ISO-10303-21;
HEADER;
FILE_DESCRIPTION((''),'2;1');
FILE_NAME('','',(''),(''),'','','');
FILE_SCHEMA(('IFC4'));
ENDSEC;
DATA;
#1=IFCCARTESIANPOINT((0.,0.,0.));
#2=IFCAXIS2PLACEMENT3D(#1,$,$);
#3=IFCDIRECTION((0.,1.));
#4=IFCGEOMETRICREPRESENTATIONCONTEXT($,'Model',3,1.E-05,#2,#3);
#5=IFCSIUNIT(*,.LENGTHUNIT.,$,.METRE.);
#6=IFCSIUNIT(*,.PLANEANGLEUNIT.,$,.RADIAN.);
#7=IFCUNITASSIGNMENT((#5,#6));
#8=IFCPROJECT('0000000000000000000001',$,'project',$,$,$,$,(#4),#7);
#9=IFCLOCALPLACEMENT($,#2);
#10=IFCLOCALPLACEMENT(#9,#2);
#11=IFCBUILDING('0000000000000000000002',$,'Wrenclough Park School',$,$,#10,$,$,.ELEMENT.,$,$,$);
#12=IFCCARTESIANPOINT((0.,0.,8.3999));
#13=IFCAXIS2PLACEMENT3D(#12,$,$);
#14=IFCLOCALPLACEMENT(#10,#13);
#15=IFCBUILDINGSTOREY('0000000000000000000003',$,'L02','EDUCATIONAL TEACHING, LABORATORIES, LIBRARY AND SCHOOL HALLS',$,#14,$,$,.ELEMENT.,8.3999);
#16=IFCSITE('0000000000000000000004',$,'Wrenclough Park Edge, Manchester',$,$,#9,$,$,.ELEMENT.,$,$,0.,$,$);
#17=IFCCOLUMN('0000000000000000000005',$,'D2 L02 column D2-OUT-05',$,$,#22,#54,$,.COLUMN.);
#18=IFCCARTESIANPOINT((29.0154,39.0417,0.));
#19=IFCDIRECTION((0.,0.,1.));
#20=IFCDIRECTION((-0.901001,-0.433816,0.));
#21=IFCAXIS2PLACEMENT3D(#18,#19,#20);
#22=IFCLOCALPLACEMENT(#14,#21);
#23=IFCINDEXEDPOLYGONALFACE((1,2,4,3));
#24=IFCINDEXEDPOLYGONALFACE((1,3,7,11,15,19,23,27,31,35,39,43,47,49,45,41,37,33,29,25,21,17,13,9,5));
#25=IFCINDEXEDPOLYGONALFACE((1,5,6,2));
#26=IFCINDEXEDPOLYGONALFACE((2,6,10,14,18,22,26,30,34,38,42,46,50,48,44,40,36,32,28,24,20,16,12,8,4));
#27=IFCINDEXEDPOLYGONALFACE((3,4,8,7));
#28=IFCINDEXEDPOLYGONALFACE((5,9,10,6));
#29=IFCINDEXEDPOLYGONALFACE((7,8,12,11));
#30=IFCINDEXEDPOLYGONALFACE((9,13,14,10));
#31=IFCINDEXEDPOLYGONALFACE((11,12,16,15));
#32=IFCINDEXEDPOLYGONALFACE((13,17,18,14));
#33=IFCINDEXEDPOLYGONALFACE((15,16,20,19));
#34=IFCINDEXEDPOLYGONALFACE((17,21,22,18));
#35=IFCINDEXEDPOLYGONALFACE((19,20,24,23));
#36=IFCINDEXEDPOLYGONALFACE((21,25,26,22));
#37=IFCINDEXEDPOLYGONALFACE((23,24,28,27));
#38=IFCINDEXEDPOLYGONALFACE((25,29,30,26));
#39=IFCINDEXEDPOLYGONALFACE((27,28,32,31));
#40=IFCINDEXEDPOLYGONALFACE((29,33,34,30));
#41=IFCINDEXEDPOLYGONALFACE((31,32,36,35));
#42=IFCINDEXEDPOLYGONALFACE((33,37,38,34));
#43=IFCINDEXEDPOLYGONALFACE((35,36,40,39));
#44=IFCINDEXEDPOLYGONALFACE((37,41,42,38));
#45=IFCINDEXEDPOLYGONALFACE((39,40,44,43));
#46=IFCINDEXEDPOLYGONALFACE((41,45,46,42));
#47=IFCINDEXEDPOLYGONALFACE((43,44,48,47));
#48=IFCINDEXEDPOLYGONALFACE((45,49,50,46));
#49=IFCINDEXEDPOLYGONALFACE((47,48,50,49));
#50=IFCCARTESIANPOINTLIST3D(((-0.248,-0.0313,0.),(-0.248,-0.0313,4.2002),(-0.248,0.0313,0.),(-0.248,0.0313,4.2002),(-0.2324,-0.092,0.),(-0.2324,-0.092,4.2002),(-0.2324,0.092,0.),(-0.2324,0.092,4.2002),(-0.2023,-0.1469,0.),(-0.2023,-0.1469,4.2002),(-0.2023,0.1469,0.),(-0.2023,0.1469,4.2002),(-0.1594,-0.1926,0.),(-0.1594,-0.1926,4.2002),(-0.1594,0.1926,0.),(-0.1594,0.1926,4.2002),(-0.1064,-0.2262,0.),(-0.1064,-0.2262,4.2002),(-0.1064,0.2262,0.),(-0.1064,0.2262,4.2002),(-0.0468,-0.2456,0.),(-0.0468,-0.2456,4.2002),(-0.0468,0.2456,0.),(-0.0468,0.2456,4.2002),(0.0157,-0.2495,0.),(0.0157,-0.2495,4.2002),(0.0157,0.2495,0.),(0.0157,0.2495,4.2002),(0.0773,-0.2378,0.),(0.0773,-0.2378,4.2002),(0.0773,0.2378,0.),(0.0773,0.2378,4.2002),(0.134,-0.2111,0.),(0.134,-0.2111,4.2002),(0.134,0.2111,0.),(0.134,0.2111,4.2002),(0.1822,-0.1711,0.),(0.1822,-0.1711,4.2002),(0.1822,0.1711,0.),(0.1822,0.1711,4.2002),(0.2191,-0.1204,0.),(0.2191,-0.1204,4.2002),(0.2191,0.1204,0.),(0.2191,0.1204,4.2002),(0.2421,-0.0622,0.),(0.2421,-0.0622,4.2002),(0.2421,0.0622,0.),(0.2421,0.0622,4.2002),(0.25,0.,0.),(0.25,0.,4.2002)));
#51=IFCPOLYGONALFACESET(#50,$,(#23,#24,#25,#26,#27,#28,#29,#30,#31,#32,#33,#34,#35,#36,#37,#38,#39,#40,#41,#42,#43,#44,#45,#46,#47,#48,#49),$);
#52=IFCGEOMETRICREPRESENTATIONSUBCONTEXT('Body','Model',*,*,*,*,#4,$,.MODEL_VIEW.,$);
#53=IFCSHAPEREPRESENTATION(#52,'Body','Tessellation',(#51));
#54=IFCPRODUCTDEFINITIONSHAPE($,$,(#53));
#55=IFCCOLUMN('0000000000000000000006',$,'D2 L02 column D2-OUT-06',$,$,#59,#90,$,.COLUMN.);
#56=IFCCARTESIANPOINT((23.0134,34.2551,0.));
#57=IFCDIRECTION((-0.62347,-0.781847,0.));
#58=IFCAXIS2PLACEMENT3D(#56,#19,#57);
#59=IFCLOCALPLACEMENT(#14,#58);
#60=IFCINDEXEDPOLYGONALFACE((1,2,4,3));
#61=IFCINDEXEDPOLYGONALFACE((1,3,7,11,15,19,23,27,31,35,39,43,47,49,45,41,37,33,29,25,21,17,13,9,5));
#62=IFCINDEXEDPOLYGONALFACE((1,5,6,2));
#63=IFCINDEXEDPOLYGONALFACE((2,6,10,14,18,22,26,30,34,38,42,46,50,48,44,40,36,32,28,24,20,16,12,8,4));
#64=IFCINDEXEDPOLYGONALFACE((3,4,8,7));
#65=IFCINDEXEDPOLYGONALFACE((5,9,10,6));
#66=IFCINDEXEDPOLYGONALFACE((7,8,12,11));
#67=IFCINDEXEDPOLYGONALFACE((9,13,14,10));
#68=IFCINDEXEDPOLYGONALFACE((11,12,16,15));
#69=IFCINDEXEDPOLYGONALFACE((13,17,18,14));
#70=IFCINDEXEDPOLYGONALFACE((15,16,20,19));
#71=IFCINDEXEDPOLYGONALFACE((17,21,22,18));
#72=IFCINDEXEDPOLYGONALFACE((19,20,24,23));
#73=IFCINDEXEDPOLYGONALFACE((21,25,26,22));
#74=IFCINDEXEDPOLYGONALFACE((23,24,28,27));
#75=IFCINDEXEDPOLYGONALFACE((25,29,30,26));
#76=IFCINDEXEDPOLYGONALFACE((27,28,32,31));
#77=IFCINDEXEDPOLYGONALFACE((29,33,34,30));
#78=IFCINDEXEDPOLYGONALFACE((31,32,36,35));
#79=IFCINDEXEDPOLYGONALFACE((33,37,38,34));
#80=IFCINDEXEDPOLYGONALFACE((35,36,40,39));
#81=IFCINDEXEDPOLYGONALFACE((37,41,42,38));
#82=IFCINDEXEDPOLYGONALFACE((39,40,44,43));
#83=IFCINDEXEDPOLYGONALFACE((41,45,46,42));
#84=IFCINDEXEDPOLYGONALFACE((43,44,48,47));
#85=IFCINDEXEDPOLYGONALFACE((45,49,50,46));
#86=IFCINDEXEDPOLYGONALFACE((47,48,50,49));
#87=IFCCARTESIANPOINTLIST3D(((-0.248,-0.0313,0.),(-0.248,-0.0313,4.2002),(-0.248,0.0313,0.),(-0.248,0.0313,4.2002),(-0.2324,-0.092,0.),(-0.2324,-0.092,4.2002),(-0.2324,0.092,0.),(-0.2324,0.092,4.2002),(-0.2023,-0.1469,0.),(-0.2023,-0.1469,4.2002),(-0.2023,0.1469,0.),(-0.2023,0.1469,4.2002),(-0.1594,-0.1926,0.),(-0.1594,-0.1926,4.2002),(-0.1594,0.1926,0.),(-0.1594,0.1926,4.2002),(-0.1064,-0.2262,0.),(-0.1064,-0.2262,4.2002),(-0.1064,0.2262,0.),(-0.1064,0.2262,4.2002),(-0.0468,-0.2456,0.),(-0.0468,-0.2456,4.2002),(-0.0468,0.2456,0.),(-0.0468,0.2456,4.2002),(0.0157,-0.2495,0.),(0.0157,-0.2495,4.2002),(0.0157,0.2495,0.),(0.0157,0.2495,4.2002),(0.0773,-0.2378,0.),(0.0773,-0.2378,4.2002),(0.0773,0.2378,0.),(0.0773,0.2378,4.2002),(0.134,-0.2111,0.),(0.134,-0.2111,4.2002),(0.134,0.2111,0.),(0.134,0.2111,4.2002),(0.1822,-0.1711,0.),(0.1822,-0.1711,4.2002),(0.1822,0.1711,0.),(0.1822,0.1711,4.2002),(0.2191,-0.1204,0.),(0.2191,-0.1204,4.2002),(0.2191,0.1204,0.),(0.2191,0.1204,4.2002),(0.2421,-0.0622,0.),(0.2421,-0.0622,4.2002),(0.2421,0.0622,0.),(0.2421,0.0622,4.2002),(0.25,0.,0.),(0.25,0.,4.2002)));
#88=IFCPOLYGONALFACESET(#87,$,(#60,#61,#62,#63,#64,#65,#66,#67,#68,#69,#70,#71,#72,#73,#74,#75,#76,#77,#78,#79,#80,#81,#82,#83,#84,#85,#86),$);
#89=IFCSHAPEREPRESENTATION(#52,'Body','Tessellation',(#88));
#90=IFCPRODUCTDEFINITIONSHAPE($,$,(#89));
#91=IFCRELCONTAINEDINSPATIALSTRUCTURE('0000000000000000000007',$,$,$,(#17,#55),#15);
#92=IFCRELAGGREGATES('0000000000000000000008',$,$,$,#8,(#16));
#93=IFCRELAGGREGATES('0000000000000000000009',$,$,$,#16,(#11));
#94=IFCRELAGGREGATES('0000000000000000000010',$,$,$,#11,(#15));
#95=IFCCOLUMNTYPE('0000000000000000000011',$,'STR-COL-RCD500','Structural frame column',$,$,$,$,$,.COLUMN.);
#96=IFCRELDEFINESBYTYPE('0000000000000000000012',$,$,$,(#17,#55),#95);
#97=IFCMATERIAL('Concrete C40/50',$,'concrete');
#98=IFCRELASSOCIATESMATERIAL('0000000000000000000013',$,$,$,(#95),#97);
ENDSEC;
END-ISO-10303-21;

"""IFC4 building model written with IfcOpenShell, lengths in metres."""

from ifc_helpers import new_model, si_unit, direction, frame, origin, origin_2d, place, context, subcontext, project, spatial, circle, extrude, material, material_profile, profile_set, type_object, element, save


model = new_model("IFC4")

# Units and contexts
model_context = context("Model", 3, precision=1e-05, world=origin(), true_north=direction((0.0, 1.0)))
body_context = subcontext(model_context, "Body", "Model", "MODEL_VIEW")
ifc_project = project(units=[si_unit("LENGTHUNIT", "METRE"), si_unit("PLANEANGLEUNIT", "RADIAN")], contexts=[model_context])

# Site, building, storey
site_placement = place(None, origin())
site = spatial("IfcSite", under=ifc_project, at=site_placement, Name="Wrenclough Park Edge, Manchester", CompositionType="ELEMENT", RefElevation=0.0)
building_placement = place(site_placement, origin())
building = spatial("IfcBuilding", under=site, at=building_placement, Name="Wrenclough Park School", CompositionType="ELEMENT")
storey_placement = place(building_placement, frame((0.0, 0.0, 8.3999)))
storey = spatial("IfcBuildingStorey", under=building, at=storey_placement, Name="L02", Description="EDUCATIONAL TEACHING, LABORATORIES, LIBRARY AND SCHOOL HALLS", CompositionType="ELEMENT", Elevation=8.3999)

# Columns
ifc_material_1 = material(Name="Concrete C40/50", Category="concrete")
ifc_material_profile_1 = material_profile(ifc_material_1, circle(Radius=0.25, at=origin_2d()), Name="RC COL D500")
ifc_profile_set_1 = profile_set([ifc_material_profile_1], Name="Concrete C40/50")
column_type_1 = type_object("IfcColumnType", Name="STR-COL-RCD500", Description="Structural frame column", PredefinedType="COLUMN", material=ifc_profile_set_1)
for number, where, z_axis, x_axis, name in (
    (1, (29.0154, 39.0417, 0.0), (0.0, 0.0, 1.0), (-0.901001, -0.433816, 0.0), "D2 L02 column D2-OUT-05"),
    (2, (23.0134, 34.2551, 0.0), (0.0, 0.0, 1.0), (-0.62347, -0.781847, 0.0), "D2 L02 column D2-OUT-06"),
):
    element("IfcColumn", number, at=place(storey_placement, frame(where, z_axis=z_axis, x_axis=x_axis)), inside=storey, type_object=column_type_1, Name=name, PredefinedType="COLUMN", context=body_context, shape_type="SweptSolid", body=[
        extrude(circle(Radius=0.25, at=origin_2d()), origin(), (0.0, 0.0, 1.0), 4.2002),
    ])

save(model, "model.ifc")
